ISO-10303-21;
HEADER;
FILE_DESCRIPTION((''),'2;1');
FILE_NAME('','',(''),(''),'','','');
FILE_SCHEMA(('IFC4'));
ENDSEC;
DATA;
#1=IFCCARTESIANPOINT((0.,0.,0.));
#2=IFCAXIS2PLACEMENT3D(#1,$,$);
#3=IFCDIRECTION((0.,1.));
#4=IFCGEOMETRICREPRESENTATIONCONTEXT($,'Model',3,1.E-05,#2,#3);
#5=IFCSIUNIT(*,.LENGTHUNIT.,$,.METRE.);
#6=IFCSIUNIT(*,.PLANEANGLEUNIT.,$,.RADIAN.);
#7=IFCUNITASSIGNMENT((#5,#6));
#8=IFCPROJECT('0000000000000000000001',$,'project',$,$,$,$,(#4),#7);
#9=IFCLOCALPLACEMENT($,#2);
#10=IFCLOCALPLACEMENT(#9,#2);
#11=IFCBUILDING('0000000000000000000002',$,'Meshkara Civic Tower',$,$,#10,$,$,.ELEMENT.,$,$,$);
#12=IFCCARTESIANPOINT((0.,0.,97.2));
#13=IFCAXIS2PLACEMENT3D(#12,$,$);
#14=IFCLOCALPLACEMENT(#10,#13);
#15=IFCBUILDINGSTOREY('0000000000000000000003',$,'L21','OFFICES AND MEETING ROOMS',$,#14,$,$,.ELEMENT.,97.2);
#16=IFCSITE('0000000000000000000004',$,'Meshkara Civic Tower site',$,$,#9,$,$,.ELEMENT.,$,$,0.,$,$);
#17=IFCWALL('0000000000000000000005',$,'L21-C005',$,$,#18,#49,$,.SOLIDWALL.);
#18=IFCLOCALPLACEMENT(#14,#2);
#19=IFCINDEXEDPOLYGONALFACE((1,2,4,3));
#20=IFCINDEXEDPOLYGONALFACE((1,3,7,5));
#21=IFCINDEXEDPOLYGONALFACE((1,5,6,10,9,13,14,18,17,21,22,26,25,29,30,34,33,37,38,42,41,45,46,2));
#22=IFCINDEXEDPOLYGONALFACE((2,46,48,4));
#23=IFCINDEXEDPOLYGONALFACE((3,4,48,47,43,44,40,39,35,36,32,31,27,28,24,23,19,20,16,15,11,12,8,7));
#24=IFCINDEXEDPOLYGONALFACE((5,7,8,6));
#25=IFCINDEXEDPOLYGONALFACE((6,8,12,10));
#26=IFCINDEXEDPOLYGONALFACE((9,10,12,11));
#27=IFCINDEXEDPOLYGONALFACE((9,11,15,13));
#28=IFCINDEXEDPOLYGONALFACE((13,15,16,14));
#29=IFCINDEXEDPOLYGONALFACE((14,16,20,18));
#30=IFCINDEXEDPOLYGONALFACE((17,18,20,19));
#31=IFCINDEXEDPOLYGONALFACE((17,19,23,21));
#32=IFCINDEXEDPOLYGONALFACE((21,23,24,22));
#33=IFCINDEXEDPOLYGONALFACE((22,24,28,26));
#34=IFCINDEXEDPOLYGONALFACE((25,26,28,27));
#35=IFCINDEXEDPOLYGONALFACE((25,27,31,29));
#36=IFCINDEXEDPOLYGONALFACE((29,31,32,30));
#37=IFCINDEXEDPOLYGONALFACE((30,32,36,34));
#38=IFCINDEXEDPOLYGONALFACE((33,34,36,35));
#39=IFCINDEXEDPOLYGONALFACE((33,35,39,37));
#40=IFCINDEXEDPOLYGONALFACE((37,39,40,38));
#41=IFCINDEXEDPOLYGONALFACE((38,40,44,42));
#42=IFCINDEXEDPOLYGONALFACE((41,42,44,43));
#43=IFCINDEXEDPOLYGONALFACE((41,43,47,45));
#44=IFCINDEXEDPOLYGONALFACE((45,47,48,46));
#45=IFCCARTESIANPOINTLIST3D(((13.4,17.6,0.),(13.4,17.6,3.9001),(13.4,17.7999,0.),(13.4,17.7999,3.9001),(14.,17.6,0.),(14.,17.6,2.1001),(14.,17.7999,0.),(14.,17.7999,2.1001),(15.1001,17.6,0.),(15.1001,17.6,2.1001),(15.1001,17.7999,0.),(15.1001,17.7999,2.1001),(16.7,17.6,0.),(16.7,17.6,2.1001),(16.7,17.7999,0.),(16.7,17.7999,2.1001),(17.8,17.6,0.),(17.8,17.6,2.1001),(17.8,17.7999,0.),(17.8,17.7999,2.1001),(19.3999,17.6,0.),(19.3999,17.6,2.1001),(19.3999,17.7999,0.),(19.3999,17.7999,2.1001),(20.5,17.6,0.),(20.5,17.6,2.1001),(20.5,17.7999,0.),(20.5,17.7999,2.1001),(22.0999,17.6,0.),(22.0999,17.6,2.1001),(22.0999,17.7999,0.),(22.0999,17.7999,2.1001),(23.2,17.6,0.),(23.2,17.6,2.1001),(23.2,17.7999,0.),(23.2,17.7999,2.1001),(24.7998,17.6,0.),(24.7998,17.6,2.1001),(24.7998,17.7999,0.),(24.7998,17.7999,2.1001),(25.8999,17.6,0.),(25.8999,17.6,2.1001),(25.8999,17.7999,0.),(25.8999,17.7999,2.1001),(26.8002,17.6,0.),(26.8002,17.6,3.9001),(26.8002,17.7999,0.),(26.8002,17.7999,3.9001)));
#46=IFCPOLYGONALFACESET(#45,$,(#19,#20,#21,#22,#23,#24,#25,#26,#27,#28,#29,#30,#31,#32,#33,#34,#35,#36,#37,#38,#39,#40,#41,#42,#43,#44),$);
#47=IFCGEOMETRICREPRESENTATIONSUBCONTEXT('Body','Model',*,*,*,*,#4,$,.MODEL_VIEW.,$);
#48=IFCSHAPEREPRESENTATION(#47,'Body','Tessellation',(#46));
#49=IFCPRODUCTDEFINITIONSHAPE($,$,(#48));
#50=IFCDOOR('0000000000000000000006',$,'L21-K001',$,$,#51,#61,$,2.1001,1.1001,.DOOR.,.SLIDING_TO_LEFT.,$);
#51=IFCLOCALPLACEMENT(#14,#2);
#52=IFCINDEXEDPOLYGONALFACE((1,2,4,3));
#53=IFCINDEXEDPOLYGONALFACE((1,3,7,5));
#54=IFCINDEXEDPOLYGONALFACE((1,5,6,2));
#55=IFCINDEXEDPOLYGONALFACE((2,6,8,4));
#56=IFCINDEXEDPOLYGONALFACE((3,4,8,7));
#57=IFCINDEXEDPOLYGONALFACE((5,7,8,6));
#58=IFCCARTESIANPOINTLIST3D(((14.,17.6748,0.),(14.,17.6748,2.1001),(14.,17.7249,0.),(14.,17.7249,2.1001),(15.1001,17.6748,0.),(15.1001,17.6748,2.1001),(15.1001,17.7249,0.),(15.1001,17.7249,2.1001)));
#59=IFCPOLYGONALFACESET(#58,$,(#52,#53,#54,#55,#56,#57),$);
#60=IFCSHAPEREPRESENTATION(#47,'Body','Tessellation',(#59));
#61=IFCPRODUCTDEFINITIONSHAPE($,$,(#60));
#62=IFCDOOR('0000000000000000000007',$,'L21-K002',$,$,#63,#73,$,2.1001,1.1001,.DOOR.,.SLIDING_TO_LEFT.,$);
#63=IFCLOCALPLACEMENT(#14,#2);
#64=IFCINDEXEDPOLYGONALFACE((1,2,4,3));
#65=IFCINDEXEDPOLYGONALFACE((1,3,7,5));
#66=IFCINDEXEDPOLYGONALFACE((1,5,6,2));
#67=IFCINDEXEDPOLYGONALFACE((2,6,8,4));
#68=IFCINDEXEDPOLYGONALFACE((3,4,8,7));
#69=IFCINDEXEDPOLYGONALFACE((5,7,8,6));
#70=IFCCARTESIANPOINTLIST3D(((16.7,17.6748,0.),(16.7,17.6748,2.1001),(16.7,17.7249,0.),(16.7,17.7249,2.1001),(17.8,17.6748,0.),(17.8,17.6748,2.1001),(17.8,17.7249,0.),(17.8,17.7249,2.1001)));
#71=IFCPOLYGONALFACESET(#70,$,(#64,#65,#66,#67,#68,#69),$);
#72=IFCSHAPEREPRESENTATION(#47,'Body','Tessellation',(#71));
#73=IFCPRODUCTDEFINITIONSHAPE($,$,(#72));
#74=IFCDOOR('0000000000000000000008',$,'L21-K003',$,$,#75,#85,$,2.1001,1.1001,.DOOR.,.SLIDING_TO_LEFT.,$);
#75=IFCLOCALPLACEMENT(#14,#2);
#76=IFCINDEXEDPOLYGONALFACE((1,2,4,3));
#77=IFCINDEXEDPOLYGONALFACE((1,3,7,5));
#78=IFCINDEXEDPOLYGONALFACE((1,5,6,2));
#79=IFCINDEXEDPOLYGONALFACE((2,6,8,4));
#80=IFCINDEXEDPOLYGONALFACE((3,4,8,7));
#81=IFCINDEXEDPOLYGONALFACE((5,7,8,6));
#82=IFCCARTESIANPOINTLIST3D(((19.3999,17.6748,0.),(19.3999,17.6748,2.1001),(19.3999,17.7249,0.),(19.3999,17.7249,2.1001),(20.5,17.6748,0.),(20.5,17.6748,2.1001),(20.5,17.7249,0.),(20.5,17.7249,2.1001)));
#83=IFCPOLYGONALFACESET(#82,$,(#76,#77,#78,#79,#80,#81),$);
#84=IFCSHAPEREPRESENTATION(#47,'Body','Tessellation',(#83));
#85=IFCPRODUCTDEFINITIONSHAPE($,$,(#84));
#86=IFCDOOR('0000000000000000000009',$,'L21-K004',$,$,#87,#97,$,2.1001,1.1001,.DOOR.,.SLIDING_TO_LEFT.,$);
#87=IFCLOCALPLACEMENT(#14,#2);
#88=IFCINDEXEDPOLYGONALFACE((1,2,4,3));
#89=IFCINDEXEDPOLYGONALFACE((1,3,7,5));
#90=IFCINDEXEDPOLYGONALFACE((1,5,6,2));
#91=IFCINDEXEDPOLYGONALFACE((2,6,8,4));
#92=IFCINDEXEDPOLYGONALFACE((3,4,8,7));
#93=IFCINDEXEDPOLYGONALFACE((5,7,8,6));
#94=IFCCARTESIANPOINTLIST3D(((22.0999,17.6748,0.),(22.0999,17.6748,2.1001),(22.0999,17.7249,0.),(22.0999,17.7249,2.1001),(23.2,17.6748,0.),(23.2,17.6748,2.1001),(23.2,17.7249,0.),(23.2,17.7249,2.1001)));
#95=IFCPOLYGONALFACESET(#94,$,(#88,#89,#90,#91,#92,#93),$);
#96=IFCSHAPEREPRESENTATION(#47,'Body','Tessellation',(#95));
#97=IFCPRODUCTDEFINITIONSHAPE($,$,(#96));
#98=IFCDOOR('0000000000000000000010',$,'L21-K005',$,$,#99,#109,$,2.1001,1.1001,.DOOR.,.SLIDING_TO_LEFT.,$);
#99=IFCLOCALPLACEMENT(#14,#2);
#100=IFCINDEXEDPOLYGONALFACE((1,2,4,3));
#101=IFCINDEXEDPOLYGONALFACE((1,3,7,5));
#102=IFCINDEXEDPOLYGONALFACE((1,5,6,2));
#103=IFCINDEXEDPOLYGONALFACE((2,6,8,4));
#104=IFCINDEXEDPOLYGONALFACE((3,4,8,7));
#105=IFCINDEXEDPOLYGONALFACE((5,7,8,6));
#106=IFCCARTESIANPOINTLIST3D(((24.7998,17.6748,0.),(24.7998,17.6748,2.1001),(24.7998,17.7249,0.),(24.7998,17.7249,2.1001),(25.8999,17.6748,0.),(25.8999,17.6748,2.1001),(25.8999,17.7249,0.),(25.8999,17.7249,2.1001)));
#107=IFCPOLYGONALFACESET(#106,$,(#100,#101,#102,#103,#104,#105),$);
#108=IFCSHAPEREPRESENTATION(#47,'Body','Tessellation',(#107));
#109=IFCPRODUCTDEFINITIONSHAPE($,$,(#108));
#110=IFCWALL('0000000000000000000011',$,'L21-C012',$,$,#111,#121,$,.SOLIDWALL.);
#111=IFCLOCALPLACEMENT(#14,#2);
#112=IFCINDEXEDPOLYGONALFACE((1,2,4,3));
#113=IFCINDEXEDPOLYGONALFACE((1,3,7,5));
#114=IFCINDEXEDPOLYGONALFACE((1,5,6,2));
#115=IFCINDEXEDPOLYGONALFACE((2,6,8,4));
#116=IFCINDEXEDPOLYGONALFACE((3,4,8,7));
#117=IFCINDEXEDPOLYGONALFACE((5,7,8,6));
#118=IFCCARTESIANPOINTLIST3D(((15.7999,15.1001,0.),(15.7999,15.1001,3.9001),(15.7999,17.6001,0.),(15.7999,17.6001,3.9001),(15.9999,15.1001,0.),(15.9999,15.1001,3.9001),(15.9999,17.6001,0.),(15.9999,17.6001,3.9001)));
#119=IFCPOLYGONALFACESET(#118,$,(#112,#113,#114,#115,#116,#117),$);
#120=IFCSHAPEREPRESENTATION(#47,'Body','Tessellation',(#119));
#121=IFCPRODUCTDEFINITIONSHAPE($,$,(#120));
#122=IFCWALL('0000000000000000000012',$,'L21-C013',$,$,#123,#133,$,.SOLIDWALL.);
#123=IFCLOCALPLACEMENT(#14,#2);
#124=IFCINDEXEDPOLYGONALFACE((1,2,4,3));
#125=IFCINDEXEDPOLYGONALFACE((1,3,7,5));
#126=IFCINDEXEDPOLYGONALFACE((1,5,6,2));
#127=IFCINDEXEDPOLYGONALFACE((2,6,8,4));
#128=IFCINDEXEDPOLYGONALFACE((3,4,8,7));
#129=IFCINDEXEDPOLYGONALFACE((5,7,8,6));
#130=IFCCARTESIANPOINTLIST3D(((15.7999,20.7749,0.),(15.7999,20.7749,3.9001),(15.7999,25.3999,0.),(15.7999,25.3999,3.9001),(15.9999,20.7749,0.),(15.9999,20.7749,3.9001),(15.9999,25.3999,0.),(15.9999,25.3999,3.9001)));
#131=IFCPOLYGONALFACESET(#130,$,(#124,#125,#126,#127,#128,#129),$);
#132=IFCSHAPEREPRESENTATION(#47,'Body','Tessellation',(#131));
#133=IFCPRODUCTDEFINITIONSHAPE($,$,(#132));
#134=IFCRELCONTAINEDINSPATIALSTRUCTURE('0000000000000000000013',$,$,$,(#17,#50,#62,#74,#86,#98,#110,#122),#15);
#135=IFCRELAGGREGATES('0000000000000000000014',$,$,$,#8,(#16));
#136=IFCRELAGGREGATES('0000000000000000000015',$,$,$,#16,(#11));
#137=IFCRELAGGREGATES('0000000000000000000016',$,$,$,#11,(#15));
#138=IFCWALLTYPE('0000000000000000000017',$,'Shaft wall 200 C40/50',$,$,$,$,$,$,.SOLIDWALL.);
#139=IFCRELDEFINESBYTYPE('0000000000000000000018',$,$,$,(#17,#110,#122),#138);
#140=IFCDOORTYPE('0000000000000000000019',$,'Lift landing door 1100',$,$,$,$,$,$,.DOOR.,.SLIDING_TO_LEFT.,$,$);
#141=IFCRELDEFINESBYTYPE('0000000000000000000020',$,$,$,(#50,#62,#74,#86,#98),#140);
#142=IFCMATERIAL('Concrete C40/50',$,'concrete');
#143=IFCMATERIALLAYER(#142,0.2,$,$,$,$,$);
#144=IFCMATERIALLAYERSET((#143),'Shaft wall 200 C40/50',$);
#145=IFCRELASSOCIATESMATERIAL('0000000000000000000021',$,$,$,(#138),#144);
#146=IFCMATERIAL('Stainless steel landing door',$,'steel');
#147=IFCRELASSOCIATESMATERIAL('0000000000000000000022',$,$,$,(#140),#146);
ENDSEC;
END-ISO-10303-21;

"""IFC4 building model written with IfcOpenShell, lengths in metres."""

from ifc_helpers import new_model, si_unit, direction, frame, frame_2d, origin, place, context, subcontext, project, spatial, rectangle, extrude, material, layer, layer_set, type_object, element, fill, save


model = new_model("IFC4")

# Units and contexts
model_context = context("Model", 3, precision=1e-05, world=origin(), true_north=direction((0.0, 1.0)))
body_context = subcontext(model_context, "Body", "Model", "MODEL_VIEW")
ifc_project = project(units=[si_unit("LENGTHUNIT", "METRE"), si_unit("PLANEANGLEUNIT", "RADIAN")], contexts=[model_context])

# Site, building, storey
site_placement = place(None, origin())
site = spatial("IfcSite", under=ifc_project, at=site_placement, Name="Meshkara Civic Tower site", CompositionType="ELEMENT", RefElevation=0.0)
building_placement = place(site_placement, origin())
building = spatial("IfcBuilding", under=site, at=building_placement, Name="Meshkara Civic Tower", CompositionType="ELEMENT")
storey_placement = place(building_placement, frame((0.0, 0.0, 97.2)))
storey = spatial("IfcBuildingStorey", under=building, at=storey_placement, Name="L21", Description="OFFICES AND MEETING ROOMS", CompositionType="ELEMENT", Elevation=97.2)

# Wall, openings, doors
ifc_material_1 = material(Name="Concrete C40/50", Category="concrete")
ifc_layer_1 = layer(ifc_material_1, 0.2)
ifc_layer_set_1 = layer_set([ifc_layer_1], Name="Shaft wall 200 C40/50")
wall_type_1 = type_object("IfcWallType", Name="Shaft wall 200 C40/50", PredefinedType="SOLIDWALL", material=ifc_layer_set_1)
wall_1_placement = place(storey_placement, frame((13.3999, 17.7, 0.0), z_axis=(0.0, 0.0, 1.0), x_axis=(1.0, 0.0, 0.0)))
wall_1 = element("IfcWall", 1, at=wall_1_placement, inside=storey, type_object=wall_type_1, Name="L21-C005", PredefinedType="SOLIDWALL", context=body_context, shape_type="SweptSolid", body=[
    extrude(rectangle(XDim=13.4001, YDim=0.2, at=frame_2d((6.7002, 0.0))), origin(), (0.0, 0.0, 1.0), 3.9001),
])
opening_1_placement = place(wall_1_placement, frame((0.6001, 0.0, 0.0)))
opening_1 = element("IfcOpeningElement", 2, at=opening_1_placement, cuts=wall_1, PredefinedType="OPENING", context=body_context, shape_type="SweptSolid", body=[
    extrude(rectangle(XDim=1.1001, YDim=2.1001, at=frame_2d((0.55, 1.05))), frame((0.0, 0.1099, 0.0), z_axis=(0.0, -1.0, 0.0), x_axis=(1.0, 0.0, 0.0)), (0.0, 0.0, 1.0), 0.22),
])
opening_2_placement = place(wall_1_placement, frame((3.3, 0.0, 0.0)))
opening_2 = element("IfcOpeningElement", 3, at=opening_2_placement, cuts=wall_1, PredefinedType="OPENING", context=body_context, shape_type="SweptSolid", body=[
    extrude(rectangle(XDim=1.1001, YDim=2.1001, at=frame_2d((0.55, 1.05))), frame((0.0, 0.1099, 0.0), z_axis=(0.0, -1.0, 0.0), x_axis=(1.0, 0.0, 0.0)), (0.0, 0.0, 1.0), 0.22),
])
opening_3_placement = place(wall_1_placement, frame((6.0, 0.0, 0.0)))
opening_3 = element("IfcOpeningElement", 4, at=opening_3_placement, cuts=wall_1, PredefinedType="OPENING", context=body_context, shape_type="SweptSolid", body=[
    extrude(rectangle(XDim=1.1001, YDim=2.1001, at=frame_2d((0.55, 1.05))), frame((0.0, 0.1099, 0.0), z_axis=(0.0, -1.0, 0.0), x_axis=(1.0, 0.0, 0.0)), (0.0, 0.0, 1.0), 0.22),
])
opening_4_placement = place(wall_1_placement, frame((8.7, 0.0, 0.0)))
opening_4 = element("IfcOpeningElement", 5, at=opening_4_placement, cuts=wall_1, PredefinedType="OPENING", context=body_context, shape_type="SweptSolid", body=[
    extrude(rectangle(XDim=1.1001, YDim=2.1001, at=frame_2d((0.55, 1.05))), frame((0.0, 0.1099, 0.0), z_axis=(0.0, -1.0, 0.0), x_axis=(1.0, 0.0, 0.0)), (0.0, 0.0, 1.0), 0.22),
])
opening_5_placement = place(wall_1_placement, frame((11.3999, 0.0, 0.0)))
opening_5 = element("IfcOpeningElement", 6, at=opening_5_placement, cuts=wall_1, PredefinedType="OPENING", context=body_context, shape_type="SweptSolid", body=[
    extrude(rectangle(XDim=1.1001, YDim=2.1001, at=frame_2d((0.55, 1.05))), frame((0.0, 0.1099, 0.0), z_axis=(0.0, -1.0, 0.0), x_axis=(1.0, 0.0, 0.0)), (0.0, 0.0, 1.0), 0.22),
])
ifc_material_2 = material(Name="Stainless steel landing door", Category="steel")
door_type_1 = type_object("IfcDoorType", Name="Lift landing door 1100", OperationType="SLIDING_TO_LEFT", PredefinedType="DOOR", material=ifc_material_2)
door_1_placement = place(opening_1_placement, origin())
door_1 = element("IfcDoor", 7, at=door_1_placement, inside=storey, type_object=door_type_1, Name="L21-K001", OperationType="SLIDING_TO_LEFT", OverallHeight=2.1001, OverallWidth=1.1001, PredefinedType="DOOR", context=body_context, shape_type="SweptSolid", body=[
    extrude(rectangle(XDim=1.1001, YDim=2.1001, at=frame_2d((0.55, 1.05))), frame((0.0, 0.0249, 0.0), z_axis=(0.0, -1.0, 0.0), x_axis=(1.0, 0.0, 0.0)), (0.0, 0.0, 1.0), 0.05),
])
fill(opening_1, door_1)
door_2_placement = place(opening_2_placement, origin())
door_2 = element("IfcDoor", 8, at=door_2_placement, inside=storey, type_object=door_type_1, Name="L21-K002", OperationType="SLIDING_TO_LEFT", OverallHeight=2.1001, OverallWidth=1.1001, PredefinedType="DOOR", context=body_context, shape_type="SweptSolid", body=[
    extrude(rectangle(XDim=1.1001, YDim=2.1001, at=frame_2d((0.55, 1.05))), frame((0.0, 0.0249, 0.0), z_axis=(0.0, -1.0, 0.0), x_axis=(1.0, 0.0, 0.0)), (0.0, 0.0, 1.0), 0.05),
])
fill(opening_2, door_2)
door_3_placement = place(opening_3_placement, origin())
door_3 = element("IfcDoor", 9, at=door_3_placement, inside=storey, type_object=door_type_1, Name="L21-K003", OperationType="SLIDING_TO_LEFT", OverallHeight=2.1001, OverallWidth=1.1001, PredefinedType="DOOR", context=body_context, shape_type="SweptSolid", body=[
    extrude(rectangle(XDim=1.1001, YDim=2.1001, at=frame_2d((0.55, 1.05))), frame((0.0, 0.0249, 0.0), z_axis=(0.0, -1.0, 0.0), x_axis=(1.0, 0.0, 0.0)), (0.0, 0.0, 1.0), 0.05),
])
fill(opening_3, door_3)
door_4_placement = place(opening_4_placement, origin())
door_4 = element("IfcDoor", 10, at=door_4_placement, inside=storey, type_object=door_type_1, Name="L21-K004", OperationType="SLIDING_TO_LEFT", OverallHeight=2.1001, OverallWidth=1.1001, PredefinedType="DOOR", context=body_context, shape_type="SweptSolid", body=[
    extrude(rectangle(XDim=1.1001, YDim=2.1001, at=frame_2d((0.55, 1.05))), frame((0.0, 0.0249, 0.0), z_axis=(0.0, -1.0, 0.0), x_axis=(1.0, 0.0, 0.0)), (0.0, 0.0, 1.0), 0.05),
])
fill(opening_4, door_4)
door_5_placement = place(opening_5_placement, origin())
door_5 = element("IfcDoor", 11, at=door_5_placement, inside=storey, type_object=door_type_1, Name="L21-K005", OperationType="SLIDING_TO_LEFT", OverallHeight=2.1001, OverallWidth=1.1001, PredefinedType="DOOR", context=body_context, shape_type="SweptSolid", body=[
    extrude(rectangle(XDim=1.1001, YDim=2.1001, at=frame_2d((0.55, 1.05))), frame((0.0, 0.0249, 0.0), z_axis=(0.0, -1.0, 0.0), x_axis=(1.0, 0.0, 0.0)), (0.0, 0.0, 1.0), 0.05),
])
fill(opening_5, door_5)

# Walls
wall_2_placement = place(storey_placement, frame((15.8999, 15.1001, 0.0), z_axis=(0.0, 0.0, 1.0), x_axis=(0.0, 1.0, 0.0)))
element("IfcWall", 12, at=wall_2_placement, inside=storey, type_object=wall_type_1, Name="L21-C012", PredefinedType="SOLIDWALL", context=body_context, shape_type="SweptSolid", body=[
    extrude(rectangle(XDim=2.5, YDim=0.2, at=frame_2d((1.25, 0.0))), origin(), (0.0, 0.0, 1.0), 3.9001),
])
wall_3_placement = place(storey_placement, frame((15.8999, 20.7749, 0.0), z_axis=(0.0, 0.0, 1.0), x_axis=(0.0, 1.0, 0.0)))
element("IfcWall", 13, at=wall_3_placement, inside=storey, type_object=wall_type_1, Name="L21-C013", PredefinedType="SOLIDWALL", context=body_context, shape_type="SweptSolid", body=[
    extrude(rectangle(XDim=4.625, YDim=0.2, at=frame_2d((2.3125, 0.0))), origin(), (0.0, 0.0, 1.0), 3.9001),
])

save(model, "model.ifc")
